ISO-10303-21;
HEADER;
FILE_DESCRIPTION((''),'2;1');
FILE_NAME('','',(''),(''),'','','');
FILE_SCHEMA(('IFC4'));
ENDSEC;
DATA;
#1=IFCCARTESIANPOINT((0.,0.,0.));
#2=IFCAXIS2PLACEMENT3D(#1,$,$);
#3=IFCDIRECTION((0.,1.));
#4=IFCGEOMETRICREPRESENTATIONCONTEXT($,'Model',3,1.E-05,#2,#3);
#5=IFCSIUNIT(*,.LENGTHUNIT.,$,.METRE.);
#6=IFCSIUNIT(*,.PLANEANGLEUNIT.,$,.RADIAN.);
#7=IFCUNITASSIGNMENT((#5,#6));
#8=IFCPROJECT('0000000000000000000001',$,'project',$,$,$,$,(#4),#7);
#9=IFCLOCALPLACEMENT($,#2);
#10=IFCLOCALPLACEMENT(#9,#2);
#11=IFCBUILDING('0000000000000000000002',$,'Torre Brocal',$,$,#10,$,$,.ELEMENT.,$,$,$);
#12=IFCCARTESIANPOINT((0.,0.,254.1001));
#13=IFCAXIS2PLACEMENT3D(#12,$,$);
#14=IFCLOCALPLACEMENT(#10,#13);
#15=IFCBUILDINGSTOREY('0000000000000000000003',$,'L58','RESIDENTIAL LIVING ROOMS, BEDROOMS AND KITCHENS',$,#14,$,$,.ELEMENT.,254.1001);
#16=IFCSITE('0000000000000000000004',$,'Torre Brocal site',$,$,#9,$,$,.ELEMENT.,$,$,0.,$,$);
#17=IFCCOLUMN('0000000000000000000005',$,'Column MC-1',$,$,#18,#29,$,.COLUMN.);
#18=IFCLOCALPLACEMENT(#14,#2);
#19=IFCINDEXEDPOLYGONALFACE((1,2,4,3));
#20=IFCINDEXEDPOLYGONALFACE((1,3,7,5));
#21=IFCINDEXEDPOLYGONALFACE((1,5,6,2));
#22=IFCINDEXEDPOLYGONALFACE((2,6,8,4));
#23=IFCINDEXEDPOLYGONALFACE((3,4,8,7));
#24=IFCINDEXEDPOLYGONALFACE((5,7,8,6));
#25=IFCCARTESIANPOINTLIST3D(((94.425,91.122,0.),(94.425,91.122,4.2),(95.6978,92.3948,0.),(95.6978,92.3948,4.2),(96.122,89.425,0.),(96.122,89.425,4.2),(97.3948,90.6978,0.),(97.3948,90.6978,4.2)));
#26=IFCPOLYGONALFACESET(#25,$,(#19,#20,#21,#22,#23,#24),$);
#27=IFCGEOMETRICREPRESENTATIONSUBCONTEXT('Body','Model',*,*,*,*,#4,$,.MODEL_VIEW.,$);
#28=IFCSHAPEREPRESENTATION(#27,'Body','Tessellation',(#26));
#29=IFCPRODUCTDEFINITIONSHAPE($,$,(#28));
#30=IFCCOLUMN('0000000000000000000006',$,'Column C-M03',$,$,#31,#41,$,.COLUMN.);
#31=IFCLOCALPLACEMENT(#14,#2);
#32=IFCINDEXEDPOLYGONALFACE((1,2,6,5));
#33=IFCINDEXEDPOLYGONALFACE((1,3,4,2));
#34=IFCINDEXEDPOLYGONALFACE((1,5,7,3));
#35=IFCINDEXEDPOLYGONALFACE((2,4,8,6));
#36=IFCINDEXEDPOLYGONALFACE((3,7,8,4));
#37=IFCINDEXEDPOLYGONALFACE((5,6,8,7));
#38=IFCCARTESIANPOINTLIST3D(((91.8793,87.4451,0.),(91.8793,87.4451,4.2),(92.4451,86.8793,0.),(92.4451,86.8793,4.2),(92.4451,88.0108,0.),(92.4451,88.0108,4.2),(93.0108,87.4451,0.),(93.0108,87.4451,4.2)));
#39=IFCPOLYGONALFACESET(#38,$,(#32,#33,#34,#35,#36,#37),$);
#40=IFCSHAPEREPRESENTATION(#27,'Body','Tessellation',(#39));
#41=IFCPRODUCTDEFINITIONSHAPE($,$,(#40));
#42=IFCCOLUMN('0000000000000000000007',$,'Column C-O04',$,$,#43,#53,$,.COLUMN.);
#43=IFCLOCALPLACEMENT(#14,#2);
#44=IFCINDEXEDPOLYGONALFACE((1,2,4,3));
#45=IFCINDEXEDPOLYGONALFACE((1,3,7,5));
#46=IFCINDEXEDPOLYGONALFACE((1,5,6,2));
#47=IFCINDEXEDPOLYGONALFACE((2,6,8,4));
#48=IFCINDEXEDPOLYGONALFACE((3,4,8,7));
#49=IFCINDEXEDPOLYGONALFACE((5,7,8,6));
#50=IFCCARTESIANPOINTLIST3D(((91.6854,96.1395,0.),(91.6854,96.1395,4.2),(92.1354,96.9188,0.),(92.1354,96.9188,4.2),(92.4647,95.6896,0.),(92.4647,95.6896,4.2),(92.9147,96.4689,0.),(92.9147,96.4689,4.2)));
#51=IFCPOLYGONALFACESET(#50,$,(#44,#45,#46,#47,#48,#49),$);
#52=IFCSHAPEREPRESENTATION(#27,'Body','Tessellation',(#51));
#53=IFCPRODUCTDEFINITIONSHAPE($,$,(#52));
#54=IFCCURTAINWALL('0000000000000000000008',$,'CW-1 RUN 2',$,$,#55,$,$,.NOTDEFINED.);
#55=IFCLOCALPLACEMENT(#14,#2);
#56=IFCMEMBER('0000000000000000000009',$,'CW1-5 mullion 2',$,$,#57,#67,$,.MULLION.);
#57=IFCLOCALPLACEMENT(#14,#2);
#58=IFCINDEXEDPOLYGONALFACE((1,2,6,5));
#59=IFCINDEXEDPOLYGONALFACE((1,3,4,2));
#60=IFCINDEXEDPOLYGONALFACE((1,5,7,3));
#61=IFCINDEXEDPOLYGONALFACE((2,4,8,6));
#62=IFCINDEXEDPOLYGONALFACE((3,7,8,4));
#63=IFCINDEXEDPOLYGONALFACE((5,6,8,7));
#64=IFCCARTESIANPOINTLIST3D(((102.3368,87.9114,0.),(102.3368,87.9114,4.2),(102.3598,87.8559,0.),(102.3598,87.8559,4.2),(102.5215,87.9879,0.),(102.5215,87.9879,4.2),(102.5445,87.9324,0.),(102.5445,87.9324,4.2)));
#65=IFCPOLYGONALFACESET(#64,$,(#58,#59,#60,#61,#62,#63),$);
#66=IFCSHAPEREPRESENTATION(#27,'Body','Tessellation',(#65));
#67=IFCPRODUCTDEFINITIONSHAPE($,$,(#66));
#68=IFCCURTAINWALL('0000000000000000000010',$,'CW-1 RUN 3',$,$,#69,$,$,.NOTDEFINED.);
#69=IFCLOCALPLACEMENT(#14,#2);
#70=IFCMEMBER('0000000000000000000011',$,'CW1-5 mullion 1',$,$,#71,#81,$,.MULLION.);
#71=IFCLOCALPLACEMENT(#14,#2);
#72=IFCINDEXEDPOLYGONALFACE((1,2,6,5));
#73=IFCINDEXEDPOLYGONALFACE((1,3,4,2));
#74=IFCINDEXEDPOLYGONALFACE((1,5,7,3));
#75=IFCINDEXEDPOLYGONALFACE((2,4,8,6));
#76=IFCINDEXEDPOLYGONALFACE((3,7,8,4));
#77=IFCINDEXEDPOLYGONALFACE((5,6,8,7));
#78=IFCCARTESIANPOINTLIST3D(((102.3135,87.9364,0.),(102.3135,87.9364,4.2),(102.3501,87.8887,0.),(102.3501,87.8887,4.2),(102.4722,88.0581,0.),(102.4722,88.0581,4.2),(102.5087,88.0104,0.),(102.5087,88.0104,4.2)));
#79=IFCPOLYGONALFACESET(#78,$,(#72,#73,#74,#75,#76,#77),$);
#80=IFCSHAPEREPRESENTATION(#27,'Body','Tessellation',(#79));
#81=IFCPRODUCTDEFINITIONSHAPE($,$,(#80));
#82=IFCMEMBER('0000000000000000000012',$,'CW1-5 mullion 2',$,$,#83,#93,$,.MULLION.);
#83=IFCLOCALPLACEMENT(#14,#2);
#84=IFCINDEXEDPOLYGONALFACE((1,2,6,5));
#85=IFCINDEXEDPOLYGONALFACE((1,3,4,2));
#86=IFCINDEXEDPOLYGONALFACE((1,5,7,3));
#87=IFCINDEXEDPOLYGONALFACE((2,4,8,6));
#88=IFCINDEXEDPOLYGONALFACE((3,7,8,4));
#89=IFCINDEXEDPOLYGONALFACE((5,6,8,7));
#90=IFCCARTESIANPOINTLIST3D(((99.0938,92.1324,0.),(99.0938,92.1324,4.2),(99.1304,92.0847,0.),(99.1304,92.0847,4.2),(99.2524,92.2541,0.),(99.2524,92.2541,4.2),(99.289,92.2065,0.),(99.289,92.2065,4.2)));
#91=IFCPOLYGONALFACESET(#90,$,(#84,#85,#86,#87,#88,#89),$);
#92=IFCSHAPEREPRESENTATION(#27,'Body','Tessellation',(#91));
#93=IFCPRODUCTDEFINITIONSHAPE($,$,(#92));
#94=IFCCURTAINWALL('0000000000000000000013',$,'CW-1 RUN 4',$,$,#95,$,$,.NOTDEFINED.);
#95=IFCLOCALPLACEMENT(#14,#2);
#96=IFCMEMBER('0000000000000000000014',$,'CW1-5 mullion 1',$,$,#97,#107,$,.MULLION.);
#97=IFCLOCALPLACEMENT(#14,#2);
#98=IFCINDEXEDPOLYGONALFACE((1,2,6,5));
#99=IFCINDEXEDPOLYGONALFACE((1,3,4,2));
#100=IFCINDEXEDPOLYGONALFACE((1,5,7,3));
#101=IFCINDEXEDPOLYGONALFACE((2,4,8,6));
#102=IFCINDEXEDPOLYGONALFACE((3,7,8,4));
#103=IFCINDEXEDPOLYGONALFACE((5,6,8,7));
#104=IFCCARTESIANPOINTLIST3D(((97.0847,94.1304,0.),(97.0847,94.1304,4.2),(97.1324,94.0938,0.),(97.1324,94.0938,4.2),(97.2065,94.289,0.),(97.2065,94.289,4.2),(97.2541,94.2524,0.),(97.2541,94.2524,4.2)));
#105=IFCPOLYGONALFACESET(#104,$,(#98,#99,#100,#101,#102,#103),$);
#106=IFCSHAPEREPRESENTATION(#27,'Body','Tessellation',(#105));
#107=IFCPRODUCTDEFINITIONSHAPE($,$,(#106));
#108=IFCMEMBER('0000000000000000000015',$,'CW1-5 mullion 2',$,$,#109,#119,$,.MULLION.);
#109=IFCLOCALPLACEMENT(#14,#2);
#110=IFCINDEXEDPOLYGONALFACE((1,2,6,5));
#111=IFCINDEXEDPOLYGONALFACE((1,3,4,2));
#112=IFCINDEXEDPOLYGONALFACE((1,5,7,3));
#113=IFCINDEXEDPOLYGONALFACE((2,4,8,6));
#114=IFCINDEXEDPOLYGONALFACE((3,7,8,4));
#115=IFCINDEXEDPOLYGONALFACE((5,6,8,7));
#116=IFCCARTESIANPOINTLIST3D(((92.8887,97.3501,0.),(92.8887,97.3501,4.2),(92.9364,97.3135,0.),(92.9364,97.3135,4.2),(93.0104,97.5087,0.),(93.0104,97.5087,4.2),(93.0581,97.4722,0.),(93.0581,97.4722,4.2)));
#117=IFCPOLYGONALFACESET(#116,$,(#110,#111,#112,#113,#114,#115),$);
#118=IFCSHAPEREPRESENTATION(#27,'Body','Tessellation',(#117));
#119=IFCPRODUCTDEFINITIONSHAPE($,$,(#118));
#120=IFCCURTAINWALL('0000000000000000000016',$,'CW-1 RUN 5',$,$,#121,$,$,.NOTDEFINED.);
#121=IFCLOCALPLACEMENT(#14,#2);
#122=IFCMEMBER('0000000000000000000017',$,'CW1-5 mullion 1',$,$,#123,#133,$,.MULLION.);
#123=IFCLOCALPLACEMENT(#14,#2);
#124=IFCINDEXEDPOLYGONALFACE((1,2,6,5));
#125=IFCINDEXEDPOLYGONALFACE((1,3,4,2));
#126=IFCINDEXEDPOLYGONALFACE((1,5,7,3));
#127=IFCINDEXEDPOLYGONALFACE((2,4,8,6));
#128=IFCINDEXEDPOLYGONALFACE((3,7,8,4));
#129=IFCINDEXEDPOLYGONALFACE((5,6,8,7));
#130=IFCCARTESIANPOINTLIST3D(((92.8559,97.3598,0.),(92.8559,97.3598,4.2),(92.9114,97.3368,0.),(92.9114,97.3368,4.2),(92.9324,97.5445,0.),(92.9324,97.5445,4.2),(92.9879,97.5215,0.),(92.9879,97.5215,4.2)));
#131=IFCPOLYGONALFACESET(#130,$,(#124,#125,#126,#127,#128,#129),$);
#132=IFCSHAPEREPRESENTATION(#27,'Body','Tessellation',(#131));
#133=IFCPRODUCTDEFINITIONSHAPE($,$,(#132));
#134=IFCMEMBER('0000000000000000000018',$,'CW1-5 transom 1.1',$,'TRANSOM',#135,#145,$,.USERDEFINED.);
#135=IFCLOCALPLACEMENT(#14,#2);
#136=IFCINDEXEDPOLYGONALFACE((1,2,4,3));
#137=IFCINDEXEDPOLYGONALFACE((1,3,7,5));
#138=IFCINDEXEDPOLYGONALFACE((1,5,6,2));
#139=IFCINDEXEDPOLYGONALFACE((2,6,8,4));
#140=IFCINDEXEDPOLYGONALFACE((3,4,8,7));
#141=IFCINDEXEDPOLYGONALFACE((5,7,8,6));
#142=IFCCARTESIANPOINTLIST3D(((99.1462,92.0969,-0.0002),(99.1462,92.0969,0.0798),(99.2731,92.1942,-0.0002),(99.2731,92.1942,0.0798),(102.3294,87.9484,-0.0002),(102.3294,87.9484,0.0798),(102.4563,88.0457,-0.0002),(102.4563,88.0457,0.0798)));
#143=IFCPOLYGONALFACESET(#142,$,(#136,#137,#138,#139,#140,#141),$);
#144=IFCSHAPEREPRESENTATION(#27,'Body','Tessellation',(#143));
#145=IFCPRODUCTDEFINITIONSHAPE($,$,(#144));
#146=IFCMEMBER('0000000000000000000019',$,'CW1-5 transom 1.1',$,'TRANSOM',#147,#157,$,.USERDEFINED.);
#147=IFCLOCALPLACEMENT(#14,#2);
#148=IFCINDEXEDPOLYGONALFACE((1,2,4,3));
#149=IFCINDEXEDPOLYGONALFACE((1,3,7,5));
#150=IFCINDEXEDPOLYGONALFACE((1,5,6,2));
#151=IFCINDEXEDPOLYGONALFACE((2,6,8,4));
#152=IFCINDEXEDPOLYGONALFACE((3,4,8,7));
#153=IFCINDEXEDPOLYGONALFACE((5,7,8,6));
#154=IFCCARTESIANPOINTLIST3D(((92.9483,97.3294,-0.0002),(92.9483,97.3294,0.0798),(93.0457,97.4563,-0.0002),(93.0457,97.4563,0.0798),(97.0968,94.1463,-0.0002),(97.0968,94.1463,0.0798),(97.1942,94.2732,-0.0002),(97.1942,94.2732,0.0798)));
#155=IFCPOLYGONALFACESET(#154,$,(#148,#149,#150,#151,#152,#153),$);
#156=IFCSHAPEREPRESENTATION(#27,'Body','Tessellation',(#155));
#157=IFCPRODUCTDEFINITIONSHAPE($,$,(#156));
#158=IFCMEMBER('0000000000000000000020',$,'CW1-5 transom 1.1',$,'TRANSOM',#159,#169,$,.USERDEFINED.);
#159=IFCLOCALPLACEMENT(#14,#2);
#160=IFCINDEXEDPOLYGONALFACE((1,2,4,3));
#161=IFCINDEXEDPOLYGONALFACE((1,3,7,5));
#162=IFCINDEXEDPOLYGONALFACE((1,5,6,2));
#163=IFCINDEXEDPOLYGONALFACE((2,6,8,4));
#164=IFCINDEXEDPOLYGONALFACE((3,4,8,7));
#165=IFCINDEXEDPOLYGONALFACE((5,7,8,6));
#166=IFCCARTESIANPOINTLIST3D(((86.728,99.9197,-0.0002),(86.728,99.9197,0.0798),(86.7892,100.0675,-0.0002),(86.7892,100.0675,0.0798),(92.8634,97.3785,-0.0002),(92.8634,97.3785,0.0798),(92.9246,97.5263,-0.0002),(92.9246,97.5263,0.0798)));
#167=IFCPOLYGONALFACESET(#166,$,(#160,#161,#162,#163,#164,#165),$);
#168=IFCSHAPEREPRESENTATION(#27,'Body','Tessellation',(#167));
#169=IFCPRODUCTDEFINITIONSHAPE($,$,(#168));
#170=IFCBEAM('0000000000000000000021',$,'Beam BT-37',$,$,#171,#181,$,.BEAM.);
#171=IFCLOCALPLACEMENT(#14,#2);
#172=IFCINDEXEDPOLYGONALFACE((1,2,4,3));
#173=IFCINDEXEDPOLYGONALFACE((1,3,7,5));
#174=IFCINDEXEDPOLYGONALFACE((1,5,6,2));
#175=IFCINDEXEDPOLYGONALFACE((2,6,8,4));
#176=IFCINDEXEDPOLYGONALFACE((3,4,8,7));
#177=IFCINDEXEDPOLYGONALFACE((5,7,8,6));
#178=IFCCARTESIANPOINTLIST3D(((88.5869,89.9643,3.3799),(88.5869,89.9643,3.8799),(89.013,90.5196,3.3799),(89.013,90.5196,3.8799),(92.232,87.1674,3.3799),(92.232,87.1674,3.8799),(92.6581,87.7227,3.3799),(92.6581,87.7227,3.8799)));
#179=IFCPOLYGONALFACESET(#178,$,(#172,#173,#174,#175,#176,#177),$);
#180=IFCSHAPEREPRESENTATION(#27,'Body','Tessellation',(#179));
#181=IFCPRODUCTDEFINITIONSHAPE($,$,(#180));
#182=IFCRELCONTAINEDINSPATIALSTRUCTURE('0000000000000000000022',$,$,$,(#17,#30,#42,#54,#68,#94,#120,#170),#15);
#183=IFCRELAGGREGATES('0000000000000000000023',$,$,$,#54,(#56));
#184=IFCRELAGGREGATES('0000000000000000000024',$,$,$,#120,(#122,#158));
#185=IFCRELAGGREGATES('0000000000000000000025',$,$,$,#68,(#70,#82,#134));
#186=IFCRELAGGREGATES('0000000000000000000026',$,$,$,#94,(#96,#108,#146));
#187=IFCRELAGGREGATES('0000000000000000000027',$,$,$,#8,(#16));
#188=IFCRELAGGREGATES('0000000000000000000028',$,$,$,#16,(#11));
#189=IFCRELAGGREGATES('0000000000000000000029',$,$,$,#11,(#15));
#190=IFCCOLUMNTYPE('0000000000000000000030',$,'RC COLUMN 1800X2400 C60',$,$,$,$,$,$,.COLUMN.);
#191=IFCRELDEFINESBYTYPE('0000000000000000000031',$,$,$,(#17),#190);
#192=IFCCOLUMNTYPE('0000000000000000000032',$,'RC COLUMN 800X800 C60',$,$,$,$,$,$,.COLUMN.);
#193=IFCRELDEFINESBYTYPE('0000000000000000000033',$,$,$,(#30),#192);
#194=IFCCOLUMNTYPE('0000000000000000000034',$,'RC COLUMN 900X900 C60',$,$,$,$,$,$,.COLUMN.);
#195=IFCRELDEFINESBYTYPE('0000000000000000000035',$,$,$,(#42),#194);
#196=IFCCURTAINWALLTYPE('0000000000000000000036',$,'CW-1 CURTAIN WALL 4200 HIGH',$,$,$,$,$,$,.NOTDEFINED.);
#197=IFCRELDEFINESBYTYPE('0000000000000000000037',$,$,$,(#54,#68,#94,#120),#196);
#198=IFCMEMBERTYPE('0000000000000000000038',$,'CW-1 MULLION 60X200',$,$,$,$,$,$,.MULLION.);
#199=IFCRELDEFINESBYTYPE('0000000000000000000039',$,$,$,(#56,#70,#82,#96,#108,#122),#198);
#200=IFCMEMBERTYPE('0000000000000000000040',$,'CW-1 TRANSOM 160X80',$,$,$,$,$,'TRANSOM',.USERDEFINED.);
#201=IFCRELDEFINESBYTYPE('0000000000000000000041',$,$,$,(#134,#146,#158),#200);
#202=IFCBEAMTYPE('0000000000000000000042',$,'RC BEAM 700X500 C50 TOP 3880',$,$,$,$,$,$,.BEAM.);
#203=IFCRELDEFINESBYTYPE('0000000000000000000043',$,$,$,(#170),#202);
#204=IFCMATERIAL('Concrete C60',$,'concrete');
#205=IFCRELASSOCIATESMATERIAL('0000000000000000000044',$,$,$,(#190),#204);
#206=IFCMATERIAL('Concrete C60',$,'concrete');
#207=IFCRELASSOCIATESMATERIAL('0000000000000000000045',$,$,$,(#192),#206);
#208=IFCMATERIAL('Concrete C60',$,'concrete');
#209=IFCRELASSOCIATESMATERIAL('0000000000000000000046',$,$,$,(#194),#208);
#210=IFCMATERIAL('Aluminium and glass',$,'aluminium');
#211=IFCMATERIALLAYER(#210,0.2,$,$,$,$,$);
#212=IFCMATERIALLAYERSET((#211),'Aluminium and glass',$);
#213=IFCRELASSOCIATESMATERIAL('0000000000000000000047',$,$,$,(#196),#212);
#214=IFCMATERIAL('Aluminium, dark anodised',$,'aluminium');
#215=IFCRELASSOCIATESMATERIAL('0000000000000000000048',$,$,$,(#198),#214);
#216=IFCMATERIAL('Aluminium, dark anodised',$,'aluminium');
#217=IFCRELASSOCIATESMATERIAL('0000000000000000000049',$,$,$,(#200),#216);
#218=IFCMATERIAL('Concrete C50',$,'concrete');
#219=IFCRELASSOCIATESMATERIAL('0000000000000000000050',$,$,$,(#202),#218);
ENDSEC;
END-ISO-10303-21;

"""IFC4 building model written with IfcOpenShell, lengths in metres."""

from ifc_helpers import new_model, si_unit, direction, frame, origin, origin_2d, place, context, subcontext, project, spatial, rectangle, extrude, material, layer, layer_set, material_profile, profile_set, type_object, element, aggregate, save


model = new_model("IFC4")

# Units and contexts
model_context = context("Model", 3, precision=1e-05, world=origin(), true_north=direction((0.0, 1.0)))
body_context = subcontext(model_context, "Body", "Model", "MODEL_VIEW")
ifc_project = project(units=[si_unit("LENGTHUNIT", "METRE"), si_unit("PLANEANGLEUNIT", "RADIAN")], contexts=[model_context])

# Site, building, storey
site_placement = place(None, origin())
site = spatial("IfcSite", under=ifc_project, at=site_placement, Name="Torre Brocal site", CompositionType="ELEMENT", RefElevation=0.0)
building_placement = place(site_placement, origin())
building = spatial("IfcBuilding", under=site, at=building_placement, Name="Torre Brocal", CompositionType="ELEMENT")
storey_placement = place(building_placement, frame((0.0, 0.0, 254.1001)))
storey = spatial("IfcBuildingStorey", under=building, at=storey_placement, Name="L58", Description="RESIDENTIAL LIVING ROOMS, BEDROOMS AND KITCHENS", CompositionType="ELEMENT", Elevation=254.1001)

# Columns
ifc_material_1 = material(Name="Concrete C60", Category="concrete")
ifc_material_profile_1 = material_profile(ifc_material_1, rectangle(XDim=1.8, YDim=2.3999, at=origin_2d()), Name="RC 1800X2400")
ifc_profile_set_1 = profile_set([ifc_material_profile_1], Name="Concrete C60")
column_type_1 = type_object("IfcColumnType", Name="RC COLUMN 1800X2400 C60", PredefinedType="COLUMN", material=ifc_profile_set_1)
column_1_placement = place(storey_placement, frame((95.9099, 90.9099, 0.0), z_axis=(0.0, 0.0, 1.0), x_axis=(0.707107, 0.707107, 0.0)))
element("IfcColumn", 1, at=column_1_placement, inside=storey, type_object=column_type_1, Name="Column MC-1", PredefinedType="COLUMN", context=body_context, shape_type="SweptSolid", body=[
    extrude(rectangle(XDim=1.8, YDim=2.3999, at=origin_2d()), origin(), (0.0, 0.0, 1.0), 4.2),
])
ifc_material_2 = material(Name="Concrete C60", Category="concrete")
ifc_material_profile_2 = material_profile(ifc_material_2, rectangle(XDim=0.8, YDim=0.8, at=origin_2d()), Name="RC 800X800")
ifc_profile_set_2 = profile_set([ifc_material_profile_2], Name="Concrete C60")
column_type_2 = type_object("IfcColumnType", Name="RC COLUMN 800X800 C60", PredefinedType="COLUMN", material=ifc_profile_set_2)
column_2_placement = place(storey_placement, frame((92.4451, 87.4451, 0.0), z_axis=(0.0, 0.0, 1.0), x_axis=(0.707107, 0.707107, 0.0)))
element("IfcColumn", 2, at=column_2_placement, inside=storey, type_object=column_type_2, Name="Column C-M03", PredefinedType="COLUMN", context=body_context, shape_type="SweptSolid", body=[
    extrude(rectangle(XDim=0.8, YDim=0.8, at=origin_2d()), origin(), (0.0, 0.0, 1.0), 4.2),
])
ifc_material_3 = material(Name="Concrete C60", Category="concrete")
ifc_material_profile_3 = material_profile(ifc_material_3, rectangle(XDim=0.8999, YDim=0.8999, at=origin_2d()), Name="RC 900X900")
ifc_profile_set_3 = profile_set([ifc_material_profile_3], Name="Concrete C60")
column_type_3 = type_object("IfcColumnType", Name="RC COLUMN 900X900 C60", PredefinedType="COLUMN", material=ifc_profile_set_3)
column_3_placement = place(storey_placement, frame((92.3, 96.3042, 0.0), z_axis=(0.0, 0.0, 1.0), x_axis=(0.5, 0.866025, 0.0)))
element("IfcColumn", 3, at=column_3_placement, inside=storey, type_object=column_type_3, Name="Column C-O04", PredefinedType="COLUMN", context=body_context, shape_type="SweptSolid", body=[
    extrude(rectangle(XDim=0.8999, YDim=0.8999, at=origin_2d()), origin(), (0.0, 0.0, 1.0), 4.2),
])

# Curtain wall, member
ifc_material_4 = material(Name="Aluminium and glass", Category="aluminium")
ifc_layer_1 = layer(ifc_material_4, 0.2)
ifc_layer_set_1 = layer_set([ifc_layer_1], Name="Aluminium and glass")
curtain_wall_type = type_object("IfcCurtainWallType", Name="CW-1 CURTAIN WALL 4200 HIGH", PredefinedType="NOTDEFINED", material=ifc_layer_set_1)
curtain_wall_1_placement = place(storey_placement, origin())
curtain_wall_1 = element("IfcCurtainWall", 4, at=curtain_wall_1_placement, inside=storey, type_object=curtain_wall_type, Name="CW-1 RUN 2", PredefinedType="NOTDEFINED")
ifc_material_5 = material(Name="Aluminium, dark anodised", Category="aluminium")
ifc_material_profile_4 = material_profile(ifc_material_5, rectangle(XDim=0.2, YDim=0.0601, at=origin_2d()), Name="CW-1 MULLION 60X200")
ifc_profile_set_4 = profile_set([ifc_material_profile_4], Name="Aluminium, dark anodised")
member_type_1 = type_object("IfcMemberType", Name="CW-1 MULLION 60X200", PredefinedType="MULLION", material=ifc_profile_set_4)
member_1_placement = place(storey_placement, frame((102.4407, 87.9219, 0.0), z_axis=(0.0, 0.0, 1.0), x_axis=(-0.92388, -0.382683, 0.0)))
member_1 = element("IfcMember", 5, at=member_1_placement, type_object=member_type_1, Name="CW1-5 mullion 2", PredefinedType="MULLION", context=body_context, shape_type="SweptSolid", body=[
    extrude(rectangle(XDim=0.2, YDim=0.0601, at=origin_2d()), origin(), (0.0, 0.0, 1.0), 4.2),
])
aggregate(curtain_wall_1, [member_1])

# Curtain walls, members
curtain_wall_2_placement = place(storey_placement, origin())
curtain_wall_2 = element("IfcCurtainWall", 6, at=curtain_wall_2_placement, inside=storey, type_object=curtain_wall_type, Name="CW-1 RUN 3", PredefinedType="NOTDEFINED")
member_2_placement = place(storey_placement, frame((102.4111, 87.9734, 0.0), z_axis=(0.0, 0.0, 1.0), x_axis=(-0.793353, -0.608761, 0.0)))
member_2 = element("IfcMember", 7, at=member_2_placement, type_object=member_type_1, Name="CW1-5 mullion 1", PredefinedType="MULLION", context=body_context, shape_type="SweptSolid", body=[
    extrude(rectangle(XDim=0.2, YDim=0.0601, at=origin_2d()), origin(), (0.0, 0.0, 1.0), 4.2),
])
member_3_placement = place(storey_placement, frame((99.1914, 92.1694, 0.0), z_axis=(0.0, 0.0, 1.0), x_axis=(-0.793353, -0.608761, 0.0)))
member_3 = element("IfcMember", 8, at=member_3_placement, type_object=member_type_1, Name="CW1-5 mullion 2", PredefinedType="MULLION", context=body_context, shape_type="SweptSolid", body=[
    extrude(rectangle(XDim=0.2, YDim=0.0601, at=origin_2d()), origin(), (0.0, 0.0, 1.0), 4.2),
])
curtain_wall_3_placement = place(storey_placement, origin())
curtain_wall_3 = element("IfcCurtainWall", 9, at=curtain_wall_3_placement, inside=storey, type_object=curtain_wall_type, Name="CW-1 RUN 4", PredefinedType="NOTDEFINED")
member_4_placement = place(storey_placement, frame((97.1694, 94.1914, 0.0), z_axis=(0.0, 0.0, 1.0), x_axis=(-0.608761, -0.793353, 0.0)))
member_4 = element("IfcMember", 10, at=member_4_placement, type_object=member_type_1, Name="CW1-5 mullion 1", PredefinedType="MULLION", context=body_context, shape_type="SweptSolid", body=[
    extrude(rectangle(XDim=0.2, YDim=0.0601, at=origin_2d()), origin(), (0.0, 0.0, 1.0), 4.2),
])
member_5_placement = place(storey_placement, frame((92.9734, 97.4111, 0.0), z_axis=(0.0, 0.0, 1.0), x_axis=(-0.608761, -0.793353, 0.0)))
member_5 = element("IfcMember", 11, at=member_5_placement, type_object=member_type_1, Name="CW1-5 mullion 2", PredefinedType="MULLION", context=body_context, shape_type="SweptSolid", body=[
    extrude(rectangle(XDim=0.2, YDim=0.0601, at=origin_2d()), origin(), (0.0, 0.0, 1.0), 4.2),
])

# Curtain wall, member
curtain_wall_4_placement = place(storey_placement, origin())
curtain_wall_4 = element("IfcCurtainWall", 12, at=curtain_wall_4_placement, inside=storey, type_object=curtain_wall_type, Name="CW-1 RUN 5", PredefinedType="NOTDEFINED")
member_6_placement = place(storey_placement, frame((92.9219, 97.4407, 0.0), z_axis=(0.0, 0.0, 1.0), x_axis=(-0.382683, -0.92388, 0.0)))
member_6 = element("IfcMember", 13, at=member_6_placement, type_object=member_type_1, Name="CW1-5 mullion 1", PredefinedType="MULLION", context=body_context, shape_type="SweptSolid", body=[
    extrude(rectangle(XDim=0.2, YDim=0.0601, at=origin_2d()), origin(), (0.0, 0.0, 1.0), 4.2),
])

# Members
ifc_material_6 = material(Name="Aluminium, dark anodised", Category="aluminium")
ifc_material_profile_5 = material_profile(ifc_material_6, rectangle(XDim=0.1599, YDim=0.0801, at=origin_2d()), Name="CW-1 TRANSOM 160X80")
ifc_profile_set_5 = profile_set([ifc_material_profile_5], Name="Aluminium, dark anodised")
member_type_2 = type_object("IfcMemberType", Name="CW-1 TRANSOM 160X80", ElementType="TRANSOM", PredefinedType="USERDEFINED", material=ifc_profile_set_5)
member_7_placement = place(storey_placement, frame((102.3928, 87.9971, 0.0398), z_axis=(-0.608749, 0.793363, 0.0), x_axis=(-0.793363, -0.608749, 0.0)))
member_7 = element("IfcMember", 14, at=member_7_placement, type_object=member_type_2, Name="CW1-5 transom 1.1", ObjectType="TRANSOM", PredefinedType="USERDEFINED", context=body_context, shape_type="SweptSolid", body=[
    extrude(rectangle(XDim=0.1599, YDim=0.0801, at=origin_2d()), origin(), (0.0, 0.0, 1.0), 5.229),
])
member_8_placement = place(storey_placement, frame((97.1455, 94.2097, 0.0398), z_axis=(-0.793363, 0.608749, 0.0), x_axis=(-0.608749, -0.793363, 0.0)))
member_8 = element("IfcMember", 15, at=member_8_placement, type_object=member_type_2, Name="CW1-5 transom 1.1", ObjectType="TRANSOM", PredefinedType="USERDEFINED", context=body_context, shape_type="SweptSolid", body=[
    extrude(rectangle(XDim=0.1599, YDim=0.0801, at=origin_2d()), origin(), (0.0, 0.0, 1.0), 5.229),
])
member_9_placement = place(storey_placement, frame((92.894, 97.4524, 0.0398), z_axis=(-0.923887, 0.382665, 0.0), x_axis=(-0.382665, -0.923887, 0.0)))
member_9 = element("IfcMember", 16, at=member_9_placement, type_object=member_type_2, Name="CW1-5 transom 1.1", ObjectType="TRANSOM", PredefinedType="USERDEFINED", context=body_context, shape_type="SweptSolid", body=[
    extrude(rectangle(XDim=0.1599, YDim=0.0801, at=origin_2d()), origin(), (0.0, 0.0, 1.0), 6.6409),
])
aggregate(curtain_wall_4, [member_6, member_9])

# Beam
ifc_material_7 = material(Name="Concrete C50", Category="concrete")
ifc_material_profile_6 = material_profile(ifc_material_7, rectangle(XDim=0.7, YDim=0.5, at=origin_2d()), Name="RC 700X500")
ifc_profile_set_6 = profile_set([ifc_material_profile_6], Name="Concrete C50")
beam_type_1 = type_object("IfcBeamType", Name="RC BEAM 700X500 C50 TOP 3880", PredefinedType="BEAM", material=ifc_profile_set_6)
beam_1_placement = place(storey_placement, frame((92.4451, 87.4451, 3.6299), z_axis=(-0.793358, 0.608755, 0.0), x_axis=(-0.608755, -0.793358, 0.0)))
element("IfcBeam", 17, at=beam_1_placement, inside=storey, type_object=beam_type_1, Name="Beam BT-37", PredefinedType="BEAM", context=body_context, shape_type="SweptSolid", body=[
    extrude(rectangle(XDim=0.7, YDim=0.5, at=origin_2d()), origin(), (0.0, 0.0, 1.0), 4.5945),
])

aggregate(curtain_wall_2, [member_2, member_3, member_7])
aggregate(curtain_wall_3, [member_4, member_5, member_8])

save(model, "model.ifc")
